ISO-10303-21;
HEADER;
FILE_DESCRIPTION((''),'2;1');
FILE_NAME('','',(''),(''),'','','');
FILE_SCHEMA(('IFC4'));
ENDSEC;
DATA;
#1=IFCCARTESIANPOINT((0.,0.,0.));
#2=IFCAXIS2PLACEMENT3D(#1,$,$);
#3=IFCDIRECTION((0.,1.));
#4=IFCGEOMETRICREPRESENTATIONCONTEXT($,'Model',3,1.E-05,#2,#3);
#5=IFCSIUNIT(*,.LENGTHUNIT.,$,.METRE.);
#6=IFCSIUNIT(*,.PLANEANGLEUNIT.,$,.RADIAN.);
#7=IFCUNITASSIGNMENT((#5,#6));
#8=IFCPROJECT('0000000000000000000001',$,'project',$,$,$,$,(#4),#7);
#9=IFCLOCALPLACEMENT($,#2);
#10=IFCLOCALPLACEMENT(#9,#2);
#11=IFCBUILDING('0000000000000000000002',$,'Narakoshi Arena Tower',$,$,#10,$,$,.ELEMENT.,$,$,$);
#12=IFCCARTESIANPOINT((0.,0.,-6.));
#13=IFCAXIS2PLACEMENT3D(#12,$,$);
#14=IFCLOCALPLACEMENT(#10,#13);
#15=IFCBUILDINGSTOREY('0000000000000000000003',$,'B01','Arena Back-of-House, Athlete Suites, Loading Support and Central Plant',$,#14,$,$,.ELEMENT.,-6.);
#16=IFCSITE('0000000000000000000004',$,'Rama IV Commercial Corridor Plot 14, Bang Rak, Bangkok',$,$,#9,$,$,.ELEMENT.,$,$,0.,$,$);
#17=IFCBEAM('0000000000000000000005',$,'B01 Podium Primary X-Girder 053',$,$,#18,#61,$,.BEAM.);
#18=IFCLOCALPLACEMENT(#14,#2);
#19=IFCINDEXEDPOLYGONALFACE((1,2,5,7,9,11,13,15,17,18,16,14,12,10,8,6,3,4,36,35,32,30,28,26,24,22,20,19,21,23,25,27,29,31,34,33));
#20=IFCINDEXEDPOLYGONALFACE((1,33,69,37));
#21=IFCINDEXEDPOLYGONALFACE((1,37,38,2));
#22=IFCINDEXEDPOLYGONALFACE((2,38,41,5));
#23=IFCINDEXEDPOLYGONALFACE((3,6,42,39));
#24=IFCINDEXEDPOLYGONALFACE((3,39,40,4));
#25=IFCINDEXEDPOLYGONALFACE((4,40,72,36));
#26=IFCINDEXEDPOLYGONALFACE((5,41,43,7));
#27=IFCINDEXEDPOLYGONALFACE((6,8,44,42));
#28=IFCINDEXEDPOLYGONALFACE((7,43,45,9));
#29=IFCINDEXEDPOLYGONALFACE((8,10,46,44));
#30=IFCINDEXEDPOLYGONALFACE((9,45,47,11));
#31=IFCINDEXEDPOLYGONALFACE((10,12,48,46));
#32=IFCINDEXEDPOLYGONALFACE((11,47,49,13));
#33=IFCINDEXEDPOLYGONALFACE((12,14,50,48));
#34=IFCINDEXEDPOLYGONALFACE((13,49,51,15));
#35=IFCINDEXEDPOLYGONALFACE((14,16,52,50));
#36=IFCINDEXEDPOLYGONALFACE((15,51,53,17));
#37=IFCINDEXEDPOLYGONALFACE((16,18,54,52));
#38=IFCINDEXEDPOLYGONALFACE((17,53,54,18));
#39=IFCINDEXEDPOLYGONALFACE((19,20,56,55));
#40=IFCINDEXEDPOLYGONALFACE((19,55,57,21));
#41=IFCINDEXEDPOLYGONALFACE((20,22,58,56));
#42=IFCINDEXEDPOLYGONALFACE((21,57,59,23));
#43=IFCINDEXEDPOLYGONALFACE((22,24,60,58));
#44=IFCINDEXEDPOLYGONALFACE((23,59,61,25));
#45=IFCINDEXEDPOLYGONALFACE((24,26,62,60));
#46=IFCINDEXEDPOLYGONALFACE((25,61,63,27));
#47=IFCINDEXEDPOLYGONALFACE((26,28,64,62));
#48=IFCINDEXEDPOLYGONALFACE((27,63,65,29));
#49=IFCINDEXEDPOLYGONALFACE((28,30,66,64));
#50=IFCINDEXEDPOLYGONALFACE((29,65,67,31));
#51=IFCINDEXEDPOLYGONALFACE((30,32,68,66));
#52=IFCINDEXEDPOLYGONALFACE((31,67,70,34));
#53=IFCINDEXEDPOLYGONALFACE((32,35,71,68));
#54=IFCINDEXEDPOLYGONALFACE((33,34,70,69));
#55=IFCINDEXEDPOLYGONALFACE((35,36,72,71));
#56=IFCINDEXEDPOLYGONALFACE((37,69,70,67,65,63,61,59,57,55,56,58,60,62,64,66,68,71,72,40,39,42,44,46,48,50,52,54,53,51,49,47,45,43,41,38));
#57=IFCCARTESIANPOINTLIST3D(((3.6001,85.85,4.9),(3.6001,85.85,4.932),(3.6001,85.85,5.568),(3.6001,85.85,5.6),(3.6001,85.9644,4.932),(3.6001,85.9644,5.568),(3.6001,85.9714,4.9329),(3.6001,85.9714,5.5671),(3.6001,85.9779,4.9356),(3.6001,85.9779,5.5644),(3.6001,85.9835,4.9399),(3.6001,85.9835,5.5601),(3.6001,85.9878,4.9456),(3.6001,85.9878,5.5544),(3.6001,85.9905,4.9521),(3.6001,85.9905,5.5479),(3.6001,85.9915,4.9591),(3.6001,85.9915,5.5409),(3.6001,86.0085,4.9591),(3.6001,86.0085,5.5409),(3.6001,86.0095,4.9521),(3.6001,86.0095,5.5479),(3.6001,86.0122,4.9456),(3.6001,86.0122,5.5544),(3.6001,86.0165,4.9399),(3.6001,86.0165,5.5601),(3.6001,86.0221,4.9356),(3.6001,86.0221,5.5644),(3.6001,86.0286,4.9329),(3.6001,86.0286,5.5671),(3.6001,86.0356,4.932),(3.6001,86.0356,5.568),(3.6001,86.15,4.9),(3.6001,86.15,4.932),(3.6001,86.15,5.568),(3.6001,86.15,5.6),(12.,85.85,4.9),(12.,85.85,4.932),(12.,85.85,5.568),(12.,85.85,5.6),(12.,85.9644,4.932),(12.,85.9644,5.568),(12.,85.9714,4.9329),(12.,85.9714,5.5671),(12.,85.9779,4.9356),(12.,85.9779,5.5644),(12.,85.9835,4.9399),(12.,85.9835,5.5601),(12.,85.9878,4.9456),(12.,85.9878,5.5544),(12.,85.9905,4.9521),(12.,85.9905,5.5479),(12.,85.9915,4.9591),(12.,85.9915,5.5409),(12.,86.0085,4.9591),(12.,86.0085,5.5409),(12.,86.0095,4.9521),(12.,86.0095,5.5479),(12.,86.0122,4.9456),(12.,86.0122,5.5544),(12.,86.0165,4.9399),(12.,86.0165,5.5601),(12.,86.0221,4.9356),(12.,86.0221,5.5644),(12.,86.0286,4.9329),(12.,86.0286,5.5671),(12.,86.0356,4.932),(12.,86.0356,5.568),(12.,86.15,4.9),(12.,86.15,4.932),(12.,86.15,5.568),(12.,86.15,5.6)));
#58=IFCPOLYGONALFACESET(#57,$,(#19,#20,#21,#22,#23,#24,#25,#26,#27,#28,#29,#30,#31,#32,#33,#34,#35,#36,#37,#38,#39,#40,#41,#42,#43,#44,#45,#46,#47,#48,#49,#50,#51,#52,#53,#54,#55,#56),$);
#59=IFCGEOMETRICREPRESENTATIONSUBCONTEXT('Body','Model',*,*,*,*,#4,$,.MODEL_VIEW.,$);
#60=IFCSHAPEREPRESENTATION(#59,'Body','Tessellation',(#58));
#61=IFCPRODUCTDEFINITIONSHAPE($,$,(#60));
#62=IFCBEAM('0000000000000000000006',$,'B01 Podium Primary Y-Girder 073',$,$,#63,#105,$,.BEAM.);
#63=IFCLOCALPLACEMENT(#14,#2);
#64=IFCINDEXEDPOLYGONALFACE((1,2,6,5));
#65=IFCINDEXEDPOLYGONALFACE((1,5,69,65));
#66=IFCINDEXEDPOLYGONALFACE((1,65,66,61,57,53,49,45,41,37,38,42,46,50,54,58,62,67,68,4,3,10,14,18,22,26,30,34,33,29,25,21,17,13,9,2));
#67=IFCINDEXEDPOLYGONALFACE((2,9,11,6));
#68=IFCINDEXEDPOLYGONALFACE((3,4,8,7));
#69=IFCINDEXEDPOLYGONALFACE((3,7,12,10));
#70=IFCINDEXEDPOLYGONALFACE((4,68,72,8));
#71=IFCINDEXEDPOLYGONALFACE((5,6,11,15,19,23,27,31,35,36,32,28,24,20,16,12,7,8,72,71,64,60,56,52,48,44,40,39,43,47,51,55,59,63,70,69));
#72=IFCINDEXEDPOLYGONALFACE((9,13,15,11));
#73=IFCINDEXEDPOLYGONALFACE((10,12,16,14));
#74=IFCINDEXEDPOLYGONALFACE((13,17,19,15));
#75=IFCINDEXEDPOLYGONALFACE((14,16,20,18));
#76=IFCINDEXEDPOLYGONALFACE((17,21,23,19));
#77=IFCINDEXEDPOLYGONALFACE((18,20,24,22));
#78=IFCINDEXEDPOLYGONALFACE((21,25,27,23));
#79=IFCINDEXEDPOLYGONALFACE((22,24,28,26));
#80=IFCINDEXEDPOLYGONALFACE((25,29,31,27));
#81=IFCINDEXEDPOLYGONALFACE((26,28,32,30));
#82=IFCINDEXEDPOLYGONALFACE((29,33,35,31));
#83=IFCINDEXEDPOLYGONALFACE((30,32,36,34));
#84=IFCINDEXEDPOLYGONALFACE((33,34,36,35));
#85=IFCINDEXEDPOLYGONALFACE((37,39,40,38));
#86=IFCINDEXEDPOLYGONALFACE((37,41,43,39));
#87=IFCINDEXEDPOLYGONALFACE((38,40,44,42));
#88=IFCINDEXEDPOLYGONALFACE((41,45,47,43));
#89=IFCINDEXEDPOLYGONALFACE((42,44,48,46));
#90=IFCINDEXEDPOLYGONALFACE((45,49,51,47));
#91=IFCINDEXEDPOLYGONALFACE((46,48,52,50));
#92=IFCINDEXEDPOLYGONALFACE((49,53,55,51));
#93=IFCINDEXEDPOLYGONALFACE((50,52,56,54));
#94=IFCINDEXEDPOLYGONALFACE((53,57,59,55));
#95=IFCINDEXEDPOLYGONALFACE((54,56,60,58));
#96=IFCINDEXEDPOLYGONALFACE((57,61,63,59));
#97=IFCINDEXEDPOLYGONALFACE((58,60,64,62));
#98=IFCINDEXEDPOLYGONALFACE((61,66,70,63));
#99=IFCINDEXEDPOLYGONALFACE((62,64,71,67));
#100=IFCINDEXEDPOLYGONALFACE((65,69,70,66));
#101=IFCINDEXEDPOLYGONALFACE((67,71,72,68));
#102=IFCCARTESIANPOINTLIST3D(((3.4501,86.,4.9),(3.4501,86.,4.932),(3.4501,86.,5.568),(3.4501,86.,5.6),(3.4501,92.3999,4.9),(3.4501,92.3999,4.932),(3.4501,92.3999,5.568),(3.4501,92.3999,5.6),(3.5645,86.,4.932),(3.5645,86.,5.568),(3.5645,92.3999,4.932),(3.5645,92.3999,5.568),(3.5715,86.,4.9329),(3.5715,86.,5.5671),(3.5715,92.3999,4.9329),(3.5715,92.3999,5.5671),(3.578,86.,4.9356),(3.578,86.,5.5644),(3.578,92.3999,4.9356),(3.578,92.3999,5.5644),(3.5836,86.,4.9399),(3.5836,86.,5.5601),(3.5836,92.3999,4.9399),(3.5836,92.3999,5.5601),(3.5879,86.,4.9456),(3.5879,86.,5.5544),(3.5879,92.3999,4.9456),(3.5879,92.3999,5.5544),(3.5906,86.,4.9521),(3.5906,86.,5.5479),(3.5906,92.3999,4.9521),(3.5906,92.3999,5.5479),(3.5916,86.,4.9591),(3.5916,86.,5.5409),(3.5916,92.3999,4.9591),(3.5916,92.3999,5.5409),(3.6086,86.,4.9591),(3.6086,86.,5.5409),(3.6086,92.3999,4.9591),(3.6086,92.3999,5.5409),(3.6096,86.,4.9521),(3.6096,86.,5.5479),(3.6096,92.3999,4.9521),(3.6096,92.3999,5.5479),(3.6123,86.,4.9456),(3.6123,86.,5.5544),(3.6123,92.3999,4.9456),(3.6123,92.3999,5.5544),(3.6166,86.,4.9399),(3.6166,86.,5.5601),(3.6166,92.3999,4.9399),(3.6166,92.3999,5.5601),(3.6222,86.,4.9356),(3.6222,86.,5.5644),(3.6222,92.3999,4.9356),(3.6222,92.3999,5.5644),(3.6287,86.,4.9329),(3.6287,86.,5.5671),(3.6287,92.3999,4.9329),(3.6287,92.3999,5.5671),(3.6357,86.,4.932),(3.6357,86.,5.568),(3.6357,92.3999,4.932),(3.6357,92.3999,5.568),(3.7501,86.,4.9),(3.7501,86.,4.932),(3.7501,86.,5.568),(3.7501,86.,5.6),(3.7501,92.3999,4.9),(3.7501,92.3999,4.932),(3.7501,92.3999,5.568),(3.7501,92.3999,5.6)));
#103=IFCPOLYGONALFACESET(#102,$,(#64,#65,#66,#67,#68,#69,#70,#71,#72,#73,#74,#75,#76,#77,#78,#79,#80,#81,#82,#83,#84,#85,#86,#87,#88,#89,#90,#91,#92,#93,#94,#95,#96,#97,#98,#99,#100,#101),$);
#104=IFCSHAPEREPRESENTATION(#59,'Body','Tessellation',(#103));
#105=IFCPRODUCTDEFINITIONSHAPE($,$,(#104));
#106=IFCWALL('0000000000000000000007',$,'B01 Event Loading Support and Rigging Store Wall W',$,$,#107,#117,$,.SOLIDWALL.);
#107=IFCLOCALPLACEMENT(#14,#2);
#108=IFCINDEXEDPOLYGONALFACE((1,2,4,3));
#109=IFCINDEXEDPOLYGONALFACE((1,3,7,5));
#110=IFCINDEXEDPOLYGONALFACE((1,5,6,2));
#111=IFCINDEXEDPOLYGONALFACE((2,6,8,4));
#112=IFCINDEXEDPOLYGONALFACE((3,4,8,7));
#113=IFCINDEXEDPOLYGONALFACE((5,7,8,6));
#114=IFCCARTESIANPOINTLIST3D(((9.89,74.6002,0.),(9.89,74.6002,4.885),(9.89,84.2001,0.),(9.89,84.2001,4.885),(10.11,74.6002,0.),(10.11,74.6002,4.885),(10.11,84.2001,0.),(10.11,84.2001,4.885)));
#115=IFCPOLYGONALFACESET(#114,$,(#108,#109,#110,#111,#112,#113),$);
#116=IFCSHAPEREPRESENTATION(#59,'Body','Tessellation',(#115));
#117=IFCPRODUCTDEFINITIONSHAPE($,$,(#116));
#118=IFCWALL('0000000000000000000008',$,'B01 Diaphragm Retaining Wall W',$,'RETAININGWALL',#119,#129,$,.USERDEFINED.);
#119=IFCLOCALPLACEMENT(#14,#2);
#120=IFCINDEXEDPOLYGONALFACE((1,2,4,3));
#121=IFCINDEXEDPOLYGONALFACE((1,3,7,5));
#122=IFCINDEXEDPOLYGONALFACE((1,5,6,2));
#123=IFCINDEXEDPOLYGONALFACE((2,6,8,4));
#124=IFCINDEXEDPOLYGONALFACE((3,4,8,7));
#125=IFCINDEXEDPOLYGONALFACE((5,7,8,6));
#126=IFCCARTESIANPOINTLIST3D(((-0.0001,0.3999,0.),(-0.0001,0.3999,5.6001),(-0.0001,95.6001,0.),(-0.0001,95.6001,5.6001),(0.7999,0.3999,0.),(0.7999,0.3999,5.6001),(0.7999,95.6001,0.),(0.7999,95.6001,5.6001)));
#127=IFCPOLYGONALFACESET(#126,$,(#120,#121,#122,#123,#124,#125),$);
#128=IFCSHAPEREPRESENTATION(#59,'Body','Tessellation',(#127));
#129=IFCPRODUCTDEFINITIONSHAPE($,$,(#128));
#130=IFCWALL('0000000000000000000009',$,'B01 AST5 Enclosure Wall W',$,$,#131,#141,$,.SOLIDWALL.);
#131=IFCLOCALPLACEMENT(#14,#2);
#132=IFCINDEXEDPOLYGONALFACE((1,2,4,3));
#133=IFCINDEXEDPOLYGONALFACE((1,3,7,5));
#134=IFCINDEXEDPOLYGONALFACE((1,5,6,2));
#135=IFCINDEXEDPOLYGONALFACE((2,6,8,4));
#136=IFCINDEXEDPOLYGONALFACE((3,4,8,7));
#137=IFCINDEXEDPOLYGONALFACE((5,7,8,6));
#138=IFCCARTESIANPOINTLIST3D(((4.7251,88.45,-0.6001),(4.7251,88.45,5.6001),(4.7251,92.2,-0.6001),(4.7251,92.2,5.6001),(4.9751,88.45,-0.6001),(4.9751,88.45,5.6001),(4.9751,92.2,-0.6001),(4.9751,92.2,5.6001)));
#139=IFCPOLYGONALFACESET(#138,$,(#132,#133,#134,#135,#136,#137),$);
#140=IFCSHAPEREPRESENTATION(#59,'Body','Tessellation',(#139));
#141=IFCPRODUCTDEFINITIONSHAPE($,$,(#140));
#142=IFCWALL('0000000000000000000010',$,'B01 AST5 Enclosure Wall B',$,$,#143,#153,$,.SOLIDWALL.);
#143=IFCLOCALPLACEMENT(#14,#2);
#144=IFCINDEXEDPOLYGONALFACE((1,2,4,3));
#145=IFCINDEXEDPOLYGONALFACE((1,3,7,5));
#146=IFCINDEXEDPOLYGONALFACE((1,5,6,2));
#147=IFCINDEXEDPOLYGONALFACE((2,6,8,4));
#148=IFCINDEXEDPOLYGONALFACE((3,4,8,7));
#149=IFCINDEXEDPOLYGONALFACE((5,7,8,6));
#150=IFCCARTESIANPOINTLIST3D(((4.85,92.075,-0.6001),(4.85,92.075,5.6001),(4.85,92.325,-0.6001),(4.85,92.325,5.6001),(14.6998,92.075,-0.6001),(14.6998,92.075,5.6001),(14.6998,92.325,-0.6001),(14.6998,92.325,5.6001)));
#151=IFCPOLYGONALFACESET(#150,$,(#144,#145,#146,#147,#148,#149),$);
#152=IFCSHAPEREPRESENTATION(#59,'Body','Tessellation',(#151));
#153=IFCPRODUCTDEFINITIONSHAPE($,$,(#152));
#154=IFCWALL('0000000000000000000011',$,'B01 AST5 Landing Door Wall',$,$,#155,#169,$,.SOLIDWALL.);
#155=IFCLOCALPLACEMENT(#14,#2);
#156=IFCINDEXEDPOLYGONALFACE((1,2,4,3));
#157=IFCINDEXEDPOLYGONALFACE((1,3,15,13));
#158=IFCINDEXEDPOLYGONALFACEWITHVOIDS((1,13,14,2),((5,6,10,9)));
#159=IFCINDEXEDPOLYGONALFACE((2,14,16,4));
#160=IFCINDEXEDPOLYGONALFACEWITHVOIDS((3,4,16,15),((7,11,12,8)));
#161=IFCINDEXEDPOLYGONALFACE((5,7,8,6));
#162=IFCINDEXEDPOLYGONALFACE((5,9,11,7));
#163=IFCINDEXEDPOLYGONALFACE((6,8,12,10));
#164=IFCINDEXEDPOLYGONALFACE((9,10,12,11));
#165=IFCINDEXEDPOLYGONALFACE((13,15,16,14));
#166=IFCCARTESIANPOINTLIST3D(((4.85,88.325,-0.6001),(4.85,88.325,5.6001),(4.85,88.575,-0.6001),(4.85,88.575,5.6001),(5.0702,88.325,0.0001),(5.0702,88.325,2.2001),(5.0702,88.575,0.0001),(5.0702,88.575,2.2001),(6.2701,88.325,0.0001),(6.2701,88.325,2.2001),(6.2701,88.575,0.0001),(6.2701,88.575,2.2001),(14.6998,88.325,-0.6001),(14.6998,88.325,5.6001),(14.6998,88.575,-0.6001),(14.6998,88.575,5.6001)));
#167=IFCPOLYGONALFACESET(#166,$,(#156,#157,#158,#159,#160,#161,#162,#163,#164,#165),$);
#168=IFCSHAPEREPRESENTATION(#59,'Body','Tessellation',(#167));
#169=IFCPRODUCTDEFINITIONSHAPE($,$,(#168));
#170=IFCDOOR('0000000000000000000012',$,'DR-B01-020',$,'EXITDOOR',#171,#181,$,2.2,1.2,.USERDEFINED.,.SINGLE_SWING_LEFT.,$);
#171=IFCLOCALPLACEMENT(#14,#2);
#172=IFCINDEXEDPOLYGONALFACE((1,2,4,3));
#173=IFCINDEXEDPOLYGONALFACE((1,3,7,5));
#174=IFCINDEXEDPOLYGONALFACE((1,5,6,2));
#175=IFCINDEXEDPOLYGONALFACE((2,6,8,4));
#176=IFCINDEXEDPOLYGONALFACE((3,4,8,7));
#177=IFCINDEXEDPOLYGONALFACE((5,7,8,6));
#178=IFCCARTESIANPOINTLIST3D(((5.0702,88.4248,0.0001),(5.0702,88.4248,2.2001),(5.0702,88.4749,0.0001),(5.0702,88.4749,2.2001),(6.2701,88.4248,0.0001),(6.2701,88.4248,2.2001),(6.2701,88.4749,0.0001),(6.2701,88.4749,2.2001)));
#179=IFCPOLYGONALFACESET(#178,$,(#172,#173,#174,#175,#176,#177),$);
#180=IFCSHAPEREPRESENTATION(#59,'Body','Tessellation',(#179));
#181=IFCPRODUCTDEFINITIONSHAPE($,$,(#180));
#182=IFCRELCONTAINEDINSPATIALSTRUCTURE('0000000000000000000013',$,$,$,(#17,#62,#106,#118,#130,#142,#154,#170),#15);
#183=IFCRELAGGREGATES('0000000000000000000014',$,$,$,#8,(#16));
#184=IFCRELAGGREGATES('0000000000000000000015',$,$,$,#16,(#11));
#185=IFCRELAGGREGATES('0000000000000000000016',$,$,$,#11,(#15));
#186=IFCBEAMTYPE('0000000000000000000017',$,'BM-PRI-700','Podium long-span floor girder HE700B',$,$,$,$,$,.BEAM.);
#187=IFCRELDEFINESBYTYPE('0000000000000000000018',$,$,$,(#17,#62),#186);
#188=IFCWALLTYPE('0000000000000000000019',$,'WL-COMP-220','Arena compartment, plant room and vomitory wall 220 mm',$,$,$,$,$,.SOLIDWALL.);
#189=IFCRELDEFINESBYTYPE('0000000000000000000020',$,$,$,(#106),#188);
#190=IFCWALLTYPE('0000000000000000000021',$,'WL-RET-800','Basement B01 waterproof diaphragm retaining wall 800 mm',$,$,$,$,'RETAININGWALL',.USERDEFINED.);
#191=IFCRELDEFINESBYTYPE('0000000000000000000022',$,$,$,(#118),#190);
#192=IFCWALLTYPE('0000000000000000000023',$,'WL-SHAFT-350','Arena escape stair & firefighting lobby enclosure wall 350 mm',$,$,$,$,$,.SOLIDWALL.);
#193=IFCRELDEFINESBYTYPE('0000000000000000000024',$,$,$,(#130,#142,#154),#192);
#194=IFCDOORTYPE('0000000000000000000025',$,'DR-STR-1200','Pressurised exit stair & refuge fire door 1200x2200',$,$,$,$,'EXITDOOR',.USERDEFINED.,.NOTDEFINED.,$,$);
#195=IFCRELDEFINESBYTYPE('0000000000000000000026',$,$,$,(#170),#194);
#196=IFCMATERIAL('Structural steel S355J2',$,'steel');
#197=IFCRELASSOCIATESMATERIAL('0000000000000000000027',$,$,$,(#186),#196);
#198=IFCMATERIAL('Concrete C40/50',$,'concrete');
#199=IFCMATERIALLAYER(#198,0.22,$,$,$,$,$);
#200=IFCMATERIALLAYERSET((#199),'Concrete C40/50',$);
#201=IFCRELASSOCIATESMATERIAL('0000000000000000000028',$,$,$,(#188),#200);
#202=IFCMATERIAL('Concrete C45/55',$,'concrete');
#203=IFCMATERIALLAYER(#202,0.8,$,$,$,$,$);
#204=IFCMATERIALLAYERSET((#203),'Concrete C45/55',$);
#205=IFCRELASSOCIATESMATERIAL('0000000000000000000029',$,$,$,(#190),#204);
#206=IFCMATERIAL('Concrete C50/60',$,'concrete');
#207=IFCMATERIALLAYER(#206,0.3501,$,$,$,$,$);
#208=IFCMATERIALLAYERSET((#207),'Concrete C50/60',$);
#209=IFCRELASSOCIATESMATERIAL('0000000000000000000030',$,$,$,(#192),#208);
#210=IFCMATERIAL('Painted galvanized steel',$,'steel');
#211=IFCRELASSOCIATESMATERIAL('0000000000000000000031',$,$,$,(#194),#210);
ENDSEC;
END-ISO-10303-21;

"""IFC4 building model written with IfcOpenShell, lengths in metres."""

from ifc_helpers import new_model, si_unit, direction, frame, frame_2d, origin, origin_2d, place, context, subcontext, project, spatial, rectangle, i_section, extrude, material, layer, layer_set, material_profile, profile_set, type_object, element, fill, save


model = new_model("IFC4")

# Units and contexts
model_context = context("Model", 3, precision=1e-05, world=origin(), true_north=direction((0.0, 1.0)))
body_context = subcontext(model_context, "Body", "Model", "MODEL_VIEW")
ifc_project = project(units=[si_unit("LENGTHUNIT", "METRE"), si_unit("PLANEANGLEUNIT", "RADIAN")], contexts=[model_context])

# Site, building, storey
site_placement = place(None, origin())
site = spatial("IfcSite", under=ifc_project, at=site_placement, Name="Rama IV Commercial Corridor Plot 14, Bang Rak, Bangkok", CompositionType="ELEMENT", RefElevation=0.0)
building_placement = place(site_placement, origin())
building = spatial("IfcBuilding", under=site, at=building_placement, Name="Narakoshi Arena Tower", CompositionType="ELEMENT")
storey_placement = place(building_placement, frame((0.0, 0.0, -6.0)))
storey = spatial("IfcBuildingStorey", under=building, at=storey_placement, Name="B01", Description="Arena Back-of-House, Athlete Suites, Loading Support and Central Plant", CompositionType="ELEMENT", Elevation=-6.0)

# Shared definitions
ifc_material_1 = material(Name="Concrete C45/55", Category="concrete")
ifc_material_2 = material(Name="Concrete C40/50", Category="concrete")

# Shared definitions
ifc_material_3 = material(Name="Structural steel S355J2", Category="steel")

# Beams
ifc_material_profile_1 = material_profile(ifc_material_3, i_section(OverallWidth=0.3, OverallDepth=0.7, WebThickness=0.0171, FlangeThickness=0.032, FilletRadius=0.0271, at=origin_2d()), Name="HE700B")
ifc_profile_set_1 = profile_set([ifc_material_profile_1], Name="Structural steel S355J2")
beam_type = type_object("IfcBeamType", Name="BM-PRI-700", Description="Podium long-span floor girder HE700B", PredefinedType="BEAM", material=ifc_profile_set_1)
beam_1_placement = place(storey_placement, frame((3.6001, 86.0, 5.25), z_axis=(1.0, 0.0, 0.0), x_axis=(0.0, 1.0, 0.0)))
element("IfcBeam", 1, at=beam_1_placement, inside=storey, type_object=beam_type, Name="B01 Podium Primary X-Girder 053", PredefinedType="BEAM", context=body_context, shape_type="SweptSolid", body=[
    extrude(i_section(OverallWidth=0.3, OverallDepth=0.7, WebThickness=0.0171, FlangeThickness=0.032, FilletRadius=0.0271, at=origin_2d()), origin(), (0.0, 0.0, 1.0), 8.3999),
])
beam_2_placement = place(storey_placement, frame((3.6001, 86.0, 5.25), z_axis=(0.0, 1.0, 0.0), x_axis=(-1.0, 0.0, 0.0)))
element("IfcBeam", 2, at=beam_2_placement, inside=storey, type_object=beam_type, Name="B01 Podium Primary Y-Girder 073", PredefinedType="BEAM", context=body_context, shape_type="SweptSolid", body=[
    extrude(i_section(OverallWidth=0.3, OverallDepth=0.7, WebThickness=0.0171, FlangeThickness=0.032, FilletRadius=0.0271, at=origin_2d()), origin(), (0.0, 0.0, 1.0), 6.3999),
])

# Walls
ifc_layer_1 = layer(ifc_material_2, 0.22)
ifc_layer_set_1 = layer_set([ifc_layer_1], Name="Concrete C40/50")
wall_type_1 = type_object("IfcWallType", Name="WL-COMP-220", Description="Arena compartment, plant room and vomitory wall 220 mm", PredefinedType="SOLIDWALL", material=ifc_layer_set_1)
wall_1_placement = place(storey_placement, frame((10.0, 84.2, 0.0), z_axis=(0.0, 0.0, 1.0), x_axis=(0.0, -1.0, 0.0)))
element("IfcWall", 3, at=wall_1_placement, inside=storey, type_object=wall_type_1, Name="B01 Event Loading Support and Rigging Store Wall W", PredefinedType="SOLIDWALL", context=body_context, shape_type="SweptSolid", body=[
    extrude(rectangle(XDim=9.5999, YDim=0.22, at=frame_2d((4.7998, 0.0))), origin(), (0.0, 0.0, 1.0), 4.885),
])
ifc_layer_2 = layer(ifc_material_1, 0.8)
ifc_layer_set_2 = layer_set([ifc_layer_2], Name="Concrete C45/55")
wall_type_2 = type_object("IfcWallType", Name="WL-RET-800", Description="Basement B01 waterproof diaphragm retaining wall 800 mm", ElementType="RETAININGWALL", PredefinedType="USERDEFINED", material=ifc_layer_set_2)
wall_2_placement = place(storey_placement, frame((0.3999, 95.6001, 0.0), z_axis=(0.0, 0.0, 1.0), x_axis=(0.0, -1.0, 0.0)))
element("IfcWall", 4, at=wall_2_placement, inside=storey, type_object=wall_type_2, Name="B01 Diaphragm Retaining Wall W", ObjectType="RETAININGWALL", PredefinedType="USERDEFINED", context=body_context, shape_type="SweptSolid", body=[
    extrude(rectangle(XDim=95.2002, YDim=0.8, at=frame_2d((47.6001, 0.0))), origin(), (0.0, 0.0, 1.0), 5.6001),
])
ifc_material_4 = material(Name="Concrete C50/60", Category="concrete")
ifc_layer_3 = layer(ifc_material_4, 0.3501)
ifc_layer_set_3 = layer_set([ifc_layer_3], Name="Concrete C50/60")
wall_type_3 = type_object("IfcWallType", Name="WL-SHAFT-350", Description="Arena escape stair & firefighting lobby enclosure wall 350 mm", PredefinedType="SOLIDWALL", material=ifc_layer_set_3)
wall_3_placement = place(storey_placement, frame((4.8501, 88.45, -0.6001), z_axis=(0.0, 0.0, 1.0), x_axis=(0.0, 1.0, 0.0)))
element("IfcWall", 5, at=wall_3_placement, inside=storey, type_object=wall_type_3, Name="B01 AST5 Enclosure Wall W", PredefinedType="SOLIDWALL", context=body_context, shape_type="SweptSolid", body=[
    extrude(rectangle(XDim=3.75, YDim=0.25, at=frame_2d((1.875, 0.0))), origin(), (0.0, 0.0, 1.0), 6.2002),
])
wall_4_placement = place(storey_placement, frame((4.8501, 92.2, -0.6001), z_axis=(0.0, 0.0, 1.0), x_axis=(1.0, 0.0, 0.0)))
element("IfcWall", 6, at=wall_4_placement, inside=storey, type_object=wall_type_3, Name="B01 AST5 Enclosure Wall B", PredefinedType="SOLIDWALL", context=body_context, shape_type="SweptSolid", body=[
    extrude(rectangle(XDim=9.8499, YDim=0.25, at=frame_2d((4.9248, 0.0))), origin(), (0.0, 0.0, 1.0), 6.2002),
])

# Wall, opening, door
wall_5_placement = place(storey_placement, frame((4.8501, 88.45, -0.6001), z_axis=(0.0, 0.0, 1.0), x_axis=(1.0, 0.0, 0.0)))
wall_5 = element("IfcWall", 7, at=wall_5_placement, inside=storey, type_object=wall_type_3, Name="B01 AST5 Landing Door Wall", PredefinedType="SOLIDWALL", context=body_context, shape_type="SweptSolid", body=[
    extrude(rectangle(XDim=9.8499, YDim=0.25, at=frame_2d((4.9248, 0.0))), origin(), (0.0, 0.0, 1.0), 6.2002),
])
opening_placement = place(wall_5_placement, frame((0.22, 0.0, 0.6001)))
opening = element("IfcOpeningElement", 8, at=opening_placement, cuts=wall_5, PredefinedType="OPENING", context=body_context, shape_type="SweptSolid", body=[
    extrude(rectangle(XDim=1.2, YDim=2.2, at=frame_2d((0.6001, 1.1001))), frame((0.0, 0.135, 0.0), z_axis=(0.0, -1.0, 0.0), x_axis=(1.0, 0.0, 0.0)), (0.0, 0.0, 1.0), 0.27),
])
ifc_material_5 = material(Name="Painted galvanized steel", Category="steel")
door_type = type_object("IfcDoorType", Name="DR-STR-1200", Description="Pressurised exit stair & refuge fire door 1200x2200", ElementType="EXITDOOR", OperationType="NOTDEFINED", PredefinedType="USERDEFINED", material=ifc_material_5)
door_placement = place(opening_placement, origin())
door = element("IfcDoor", 9, at=door_placement, inside=storey, type_object=door_type, Name="DR-B01-020", ObjectType="EXITDOOR", OperationType="SINGLE_SWING_LEFT", OverallHeight=2.2, OverallWidth=1.2, PredefinedType="USERDEFINED", context=body_context, shape_type="SweptSolid", body=[
    extrude(rectangle(XDim=1.2, YDim=2.2, at=frame_2d((0.6001, 1.1001))), frame((0.0, 0.0249, 0.0), z_axis=(0.0, -1.0, 0.0), x_axis=(1.0, 0.0, 0.0)), (0.0, 0.0, 1.0), 0.05),
])
fill(opening, door)

save(model, "model.ifc")
